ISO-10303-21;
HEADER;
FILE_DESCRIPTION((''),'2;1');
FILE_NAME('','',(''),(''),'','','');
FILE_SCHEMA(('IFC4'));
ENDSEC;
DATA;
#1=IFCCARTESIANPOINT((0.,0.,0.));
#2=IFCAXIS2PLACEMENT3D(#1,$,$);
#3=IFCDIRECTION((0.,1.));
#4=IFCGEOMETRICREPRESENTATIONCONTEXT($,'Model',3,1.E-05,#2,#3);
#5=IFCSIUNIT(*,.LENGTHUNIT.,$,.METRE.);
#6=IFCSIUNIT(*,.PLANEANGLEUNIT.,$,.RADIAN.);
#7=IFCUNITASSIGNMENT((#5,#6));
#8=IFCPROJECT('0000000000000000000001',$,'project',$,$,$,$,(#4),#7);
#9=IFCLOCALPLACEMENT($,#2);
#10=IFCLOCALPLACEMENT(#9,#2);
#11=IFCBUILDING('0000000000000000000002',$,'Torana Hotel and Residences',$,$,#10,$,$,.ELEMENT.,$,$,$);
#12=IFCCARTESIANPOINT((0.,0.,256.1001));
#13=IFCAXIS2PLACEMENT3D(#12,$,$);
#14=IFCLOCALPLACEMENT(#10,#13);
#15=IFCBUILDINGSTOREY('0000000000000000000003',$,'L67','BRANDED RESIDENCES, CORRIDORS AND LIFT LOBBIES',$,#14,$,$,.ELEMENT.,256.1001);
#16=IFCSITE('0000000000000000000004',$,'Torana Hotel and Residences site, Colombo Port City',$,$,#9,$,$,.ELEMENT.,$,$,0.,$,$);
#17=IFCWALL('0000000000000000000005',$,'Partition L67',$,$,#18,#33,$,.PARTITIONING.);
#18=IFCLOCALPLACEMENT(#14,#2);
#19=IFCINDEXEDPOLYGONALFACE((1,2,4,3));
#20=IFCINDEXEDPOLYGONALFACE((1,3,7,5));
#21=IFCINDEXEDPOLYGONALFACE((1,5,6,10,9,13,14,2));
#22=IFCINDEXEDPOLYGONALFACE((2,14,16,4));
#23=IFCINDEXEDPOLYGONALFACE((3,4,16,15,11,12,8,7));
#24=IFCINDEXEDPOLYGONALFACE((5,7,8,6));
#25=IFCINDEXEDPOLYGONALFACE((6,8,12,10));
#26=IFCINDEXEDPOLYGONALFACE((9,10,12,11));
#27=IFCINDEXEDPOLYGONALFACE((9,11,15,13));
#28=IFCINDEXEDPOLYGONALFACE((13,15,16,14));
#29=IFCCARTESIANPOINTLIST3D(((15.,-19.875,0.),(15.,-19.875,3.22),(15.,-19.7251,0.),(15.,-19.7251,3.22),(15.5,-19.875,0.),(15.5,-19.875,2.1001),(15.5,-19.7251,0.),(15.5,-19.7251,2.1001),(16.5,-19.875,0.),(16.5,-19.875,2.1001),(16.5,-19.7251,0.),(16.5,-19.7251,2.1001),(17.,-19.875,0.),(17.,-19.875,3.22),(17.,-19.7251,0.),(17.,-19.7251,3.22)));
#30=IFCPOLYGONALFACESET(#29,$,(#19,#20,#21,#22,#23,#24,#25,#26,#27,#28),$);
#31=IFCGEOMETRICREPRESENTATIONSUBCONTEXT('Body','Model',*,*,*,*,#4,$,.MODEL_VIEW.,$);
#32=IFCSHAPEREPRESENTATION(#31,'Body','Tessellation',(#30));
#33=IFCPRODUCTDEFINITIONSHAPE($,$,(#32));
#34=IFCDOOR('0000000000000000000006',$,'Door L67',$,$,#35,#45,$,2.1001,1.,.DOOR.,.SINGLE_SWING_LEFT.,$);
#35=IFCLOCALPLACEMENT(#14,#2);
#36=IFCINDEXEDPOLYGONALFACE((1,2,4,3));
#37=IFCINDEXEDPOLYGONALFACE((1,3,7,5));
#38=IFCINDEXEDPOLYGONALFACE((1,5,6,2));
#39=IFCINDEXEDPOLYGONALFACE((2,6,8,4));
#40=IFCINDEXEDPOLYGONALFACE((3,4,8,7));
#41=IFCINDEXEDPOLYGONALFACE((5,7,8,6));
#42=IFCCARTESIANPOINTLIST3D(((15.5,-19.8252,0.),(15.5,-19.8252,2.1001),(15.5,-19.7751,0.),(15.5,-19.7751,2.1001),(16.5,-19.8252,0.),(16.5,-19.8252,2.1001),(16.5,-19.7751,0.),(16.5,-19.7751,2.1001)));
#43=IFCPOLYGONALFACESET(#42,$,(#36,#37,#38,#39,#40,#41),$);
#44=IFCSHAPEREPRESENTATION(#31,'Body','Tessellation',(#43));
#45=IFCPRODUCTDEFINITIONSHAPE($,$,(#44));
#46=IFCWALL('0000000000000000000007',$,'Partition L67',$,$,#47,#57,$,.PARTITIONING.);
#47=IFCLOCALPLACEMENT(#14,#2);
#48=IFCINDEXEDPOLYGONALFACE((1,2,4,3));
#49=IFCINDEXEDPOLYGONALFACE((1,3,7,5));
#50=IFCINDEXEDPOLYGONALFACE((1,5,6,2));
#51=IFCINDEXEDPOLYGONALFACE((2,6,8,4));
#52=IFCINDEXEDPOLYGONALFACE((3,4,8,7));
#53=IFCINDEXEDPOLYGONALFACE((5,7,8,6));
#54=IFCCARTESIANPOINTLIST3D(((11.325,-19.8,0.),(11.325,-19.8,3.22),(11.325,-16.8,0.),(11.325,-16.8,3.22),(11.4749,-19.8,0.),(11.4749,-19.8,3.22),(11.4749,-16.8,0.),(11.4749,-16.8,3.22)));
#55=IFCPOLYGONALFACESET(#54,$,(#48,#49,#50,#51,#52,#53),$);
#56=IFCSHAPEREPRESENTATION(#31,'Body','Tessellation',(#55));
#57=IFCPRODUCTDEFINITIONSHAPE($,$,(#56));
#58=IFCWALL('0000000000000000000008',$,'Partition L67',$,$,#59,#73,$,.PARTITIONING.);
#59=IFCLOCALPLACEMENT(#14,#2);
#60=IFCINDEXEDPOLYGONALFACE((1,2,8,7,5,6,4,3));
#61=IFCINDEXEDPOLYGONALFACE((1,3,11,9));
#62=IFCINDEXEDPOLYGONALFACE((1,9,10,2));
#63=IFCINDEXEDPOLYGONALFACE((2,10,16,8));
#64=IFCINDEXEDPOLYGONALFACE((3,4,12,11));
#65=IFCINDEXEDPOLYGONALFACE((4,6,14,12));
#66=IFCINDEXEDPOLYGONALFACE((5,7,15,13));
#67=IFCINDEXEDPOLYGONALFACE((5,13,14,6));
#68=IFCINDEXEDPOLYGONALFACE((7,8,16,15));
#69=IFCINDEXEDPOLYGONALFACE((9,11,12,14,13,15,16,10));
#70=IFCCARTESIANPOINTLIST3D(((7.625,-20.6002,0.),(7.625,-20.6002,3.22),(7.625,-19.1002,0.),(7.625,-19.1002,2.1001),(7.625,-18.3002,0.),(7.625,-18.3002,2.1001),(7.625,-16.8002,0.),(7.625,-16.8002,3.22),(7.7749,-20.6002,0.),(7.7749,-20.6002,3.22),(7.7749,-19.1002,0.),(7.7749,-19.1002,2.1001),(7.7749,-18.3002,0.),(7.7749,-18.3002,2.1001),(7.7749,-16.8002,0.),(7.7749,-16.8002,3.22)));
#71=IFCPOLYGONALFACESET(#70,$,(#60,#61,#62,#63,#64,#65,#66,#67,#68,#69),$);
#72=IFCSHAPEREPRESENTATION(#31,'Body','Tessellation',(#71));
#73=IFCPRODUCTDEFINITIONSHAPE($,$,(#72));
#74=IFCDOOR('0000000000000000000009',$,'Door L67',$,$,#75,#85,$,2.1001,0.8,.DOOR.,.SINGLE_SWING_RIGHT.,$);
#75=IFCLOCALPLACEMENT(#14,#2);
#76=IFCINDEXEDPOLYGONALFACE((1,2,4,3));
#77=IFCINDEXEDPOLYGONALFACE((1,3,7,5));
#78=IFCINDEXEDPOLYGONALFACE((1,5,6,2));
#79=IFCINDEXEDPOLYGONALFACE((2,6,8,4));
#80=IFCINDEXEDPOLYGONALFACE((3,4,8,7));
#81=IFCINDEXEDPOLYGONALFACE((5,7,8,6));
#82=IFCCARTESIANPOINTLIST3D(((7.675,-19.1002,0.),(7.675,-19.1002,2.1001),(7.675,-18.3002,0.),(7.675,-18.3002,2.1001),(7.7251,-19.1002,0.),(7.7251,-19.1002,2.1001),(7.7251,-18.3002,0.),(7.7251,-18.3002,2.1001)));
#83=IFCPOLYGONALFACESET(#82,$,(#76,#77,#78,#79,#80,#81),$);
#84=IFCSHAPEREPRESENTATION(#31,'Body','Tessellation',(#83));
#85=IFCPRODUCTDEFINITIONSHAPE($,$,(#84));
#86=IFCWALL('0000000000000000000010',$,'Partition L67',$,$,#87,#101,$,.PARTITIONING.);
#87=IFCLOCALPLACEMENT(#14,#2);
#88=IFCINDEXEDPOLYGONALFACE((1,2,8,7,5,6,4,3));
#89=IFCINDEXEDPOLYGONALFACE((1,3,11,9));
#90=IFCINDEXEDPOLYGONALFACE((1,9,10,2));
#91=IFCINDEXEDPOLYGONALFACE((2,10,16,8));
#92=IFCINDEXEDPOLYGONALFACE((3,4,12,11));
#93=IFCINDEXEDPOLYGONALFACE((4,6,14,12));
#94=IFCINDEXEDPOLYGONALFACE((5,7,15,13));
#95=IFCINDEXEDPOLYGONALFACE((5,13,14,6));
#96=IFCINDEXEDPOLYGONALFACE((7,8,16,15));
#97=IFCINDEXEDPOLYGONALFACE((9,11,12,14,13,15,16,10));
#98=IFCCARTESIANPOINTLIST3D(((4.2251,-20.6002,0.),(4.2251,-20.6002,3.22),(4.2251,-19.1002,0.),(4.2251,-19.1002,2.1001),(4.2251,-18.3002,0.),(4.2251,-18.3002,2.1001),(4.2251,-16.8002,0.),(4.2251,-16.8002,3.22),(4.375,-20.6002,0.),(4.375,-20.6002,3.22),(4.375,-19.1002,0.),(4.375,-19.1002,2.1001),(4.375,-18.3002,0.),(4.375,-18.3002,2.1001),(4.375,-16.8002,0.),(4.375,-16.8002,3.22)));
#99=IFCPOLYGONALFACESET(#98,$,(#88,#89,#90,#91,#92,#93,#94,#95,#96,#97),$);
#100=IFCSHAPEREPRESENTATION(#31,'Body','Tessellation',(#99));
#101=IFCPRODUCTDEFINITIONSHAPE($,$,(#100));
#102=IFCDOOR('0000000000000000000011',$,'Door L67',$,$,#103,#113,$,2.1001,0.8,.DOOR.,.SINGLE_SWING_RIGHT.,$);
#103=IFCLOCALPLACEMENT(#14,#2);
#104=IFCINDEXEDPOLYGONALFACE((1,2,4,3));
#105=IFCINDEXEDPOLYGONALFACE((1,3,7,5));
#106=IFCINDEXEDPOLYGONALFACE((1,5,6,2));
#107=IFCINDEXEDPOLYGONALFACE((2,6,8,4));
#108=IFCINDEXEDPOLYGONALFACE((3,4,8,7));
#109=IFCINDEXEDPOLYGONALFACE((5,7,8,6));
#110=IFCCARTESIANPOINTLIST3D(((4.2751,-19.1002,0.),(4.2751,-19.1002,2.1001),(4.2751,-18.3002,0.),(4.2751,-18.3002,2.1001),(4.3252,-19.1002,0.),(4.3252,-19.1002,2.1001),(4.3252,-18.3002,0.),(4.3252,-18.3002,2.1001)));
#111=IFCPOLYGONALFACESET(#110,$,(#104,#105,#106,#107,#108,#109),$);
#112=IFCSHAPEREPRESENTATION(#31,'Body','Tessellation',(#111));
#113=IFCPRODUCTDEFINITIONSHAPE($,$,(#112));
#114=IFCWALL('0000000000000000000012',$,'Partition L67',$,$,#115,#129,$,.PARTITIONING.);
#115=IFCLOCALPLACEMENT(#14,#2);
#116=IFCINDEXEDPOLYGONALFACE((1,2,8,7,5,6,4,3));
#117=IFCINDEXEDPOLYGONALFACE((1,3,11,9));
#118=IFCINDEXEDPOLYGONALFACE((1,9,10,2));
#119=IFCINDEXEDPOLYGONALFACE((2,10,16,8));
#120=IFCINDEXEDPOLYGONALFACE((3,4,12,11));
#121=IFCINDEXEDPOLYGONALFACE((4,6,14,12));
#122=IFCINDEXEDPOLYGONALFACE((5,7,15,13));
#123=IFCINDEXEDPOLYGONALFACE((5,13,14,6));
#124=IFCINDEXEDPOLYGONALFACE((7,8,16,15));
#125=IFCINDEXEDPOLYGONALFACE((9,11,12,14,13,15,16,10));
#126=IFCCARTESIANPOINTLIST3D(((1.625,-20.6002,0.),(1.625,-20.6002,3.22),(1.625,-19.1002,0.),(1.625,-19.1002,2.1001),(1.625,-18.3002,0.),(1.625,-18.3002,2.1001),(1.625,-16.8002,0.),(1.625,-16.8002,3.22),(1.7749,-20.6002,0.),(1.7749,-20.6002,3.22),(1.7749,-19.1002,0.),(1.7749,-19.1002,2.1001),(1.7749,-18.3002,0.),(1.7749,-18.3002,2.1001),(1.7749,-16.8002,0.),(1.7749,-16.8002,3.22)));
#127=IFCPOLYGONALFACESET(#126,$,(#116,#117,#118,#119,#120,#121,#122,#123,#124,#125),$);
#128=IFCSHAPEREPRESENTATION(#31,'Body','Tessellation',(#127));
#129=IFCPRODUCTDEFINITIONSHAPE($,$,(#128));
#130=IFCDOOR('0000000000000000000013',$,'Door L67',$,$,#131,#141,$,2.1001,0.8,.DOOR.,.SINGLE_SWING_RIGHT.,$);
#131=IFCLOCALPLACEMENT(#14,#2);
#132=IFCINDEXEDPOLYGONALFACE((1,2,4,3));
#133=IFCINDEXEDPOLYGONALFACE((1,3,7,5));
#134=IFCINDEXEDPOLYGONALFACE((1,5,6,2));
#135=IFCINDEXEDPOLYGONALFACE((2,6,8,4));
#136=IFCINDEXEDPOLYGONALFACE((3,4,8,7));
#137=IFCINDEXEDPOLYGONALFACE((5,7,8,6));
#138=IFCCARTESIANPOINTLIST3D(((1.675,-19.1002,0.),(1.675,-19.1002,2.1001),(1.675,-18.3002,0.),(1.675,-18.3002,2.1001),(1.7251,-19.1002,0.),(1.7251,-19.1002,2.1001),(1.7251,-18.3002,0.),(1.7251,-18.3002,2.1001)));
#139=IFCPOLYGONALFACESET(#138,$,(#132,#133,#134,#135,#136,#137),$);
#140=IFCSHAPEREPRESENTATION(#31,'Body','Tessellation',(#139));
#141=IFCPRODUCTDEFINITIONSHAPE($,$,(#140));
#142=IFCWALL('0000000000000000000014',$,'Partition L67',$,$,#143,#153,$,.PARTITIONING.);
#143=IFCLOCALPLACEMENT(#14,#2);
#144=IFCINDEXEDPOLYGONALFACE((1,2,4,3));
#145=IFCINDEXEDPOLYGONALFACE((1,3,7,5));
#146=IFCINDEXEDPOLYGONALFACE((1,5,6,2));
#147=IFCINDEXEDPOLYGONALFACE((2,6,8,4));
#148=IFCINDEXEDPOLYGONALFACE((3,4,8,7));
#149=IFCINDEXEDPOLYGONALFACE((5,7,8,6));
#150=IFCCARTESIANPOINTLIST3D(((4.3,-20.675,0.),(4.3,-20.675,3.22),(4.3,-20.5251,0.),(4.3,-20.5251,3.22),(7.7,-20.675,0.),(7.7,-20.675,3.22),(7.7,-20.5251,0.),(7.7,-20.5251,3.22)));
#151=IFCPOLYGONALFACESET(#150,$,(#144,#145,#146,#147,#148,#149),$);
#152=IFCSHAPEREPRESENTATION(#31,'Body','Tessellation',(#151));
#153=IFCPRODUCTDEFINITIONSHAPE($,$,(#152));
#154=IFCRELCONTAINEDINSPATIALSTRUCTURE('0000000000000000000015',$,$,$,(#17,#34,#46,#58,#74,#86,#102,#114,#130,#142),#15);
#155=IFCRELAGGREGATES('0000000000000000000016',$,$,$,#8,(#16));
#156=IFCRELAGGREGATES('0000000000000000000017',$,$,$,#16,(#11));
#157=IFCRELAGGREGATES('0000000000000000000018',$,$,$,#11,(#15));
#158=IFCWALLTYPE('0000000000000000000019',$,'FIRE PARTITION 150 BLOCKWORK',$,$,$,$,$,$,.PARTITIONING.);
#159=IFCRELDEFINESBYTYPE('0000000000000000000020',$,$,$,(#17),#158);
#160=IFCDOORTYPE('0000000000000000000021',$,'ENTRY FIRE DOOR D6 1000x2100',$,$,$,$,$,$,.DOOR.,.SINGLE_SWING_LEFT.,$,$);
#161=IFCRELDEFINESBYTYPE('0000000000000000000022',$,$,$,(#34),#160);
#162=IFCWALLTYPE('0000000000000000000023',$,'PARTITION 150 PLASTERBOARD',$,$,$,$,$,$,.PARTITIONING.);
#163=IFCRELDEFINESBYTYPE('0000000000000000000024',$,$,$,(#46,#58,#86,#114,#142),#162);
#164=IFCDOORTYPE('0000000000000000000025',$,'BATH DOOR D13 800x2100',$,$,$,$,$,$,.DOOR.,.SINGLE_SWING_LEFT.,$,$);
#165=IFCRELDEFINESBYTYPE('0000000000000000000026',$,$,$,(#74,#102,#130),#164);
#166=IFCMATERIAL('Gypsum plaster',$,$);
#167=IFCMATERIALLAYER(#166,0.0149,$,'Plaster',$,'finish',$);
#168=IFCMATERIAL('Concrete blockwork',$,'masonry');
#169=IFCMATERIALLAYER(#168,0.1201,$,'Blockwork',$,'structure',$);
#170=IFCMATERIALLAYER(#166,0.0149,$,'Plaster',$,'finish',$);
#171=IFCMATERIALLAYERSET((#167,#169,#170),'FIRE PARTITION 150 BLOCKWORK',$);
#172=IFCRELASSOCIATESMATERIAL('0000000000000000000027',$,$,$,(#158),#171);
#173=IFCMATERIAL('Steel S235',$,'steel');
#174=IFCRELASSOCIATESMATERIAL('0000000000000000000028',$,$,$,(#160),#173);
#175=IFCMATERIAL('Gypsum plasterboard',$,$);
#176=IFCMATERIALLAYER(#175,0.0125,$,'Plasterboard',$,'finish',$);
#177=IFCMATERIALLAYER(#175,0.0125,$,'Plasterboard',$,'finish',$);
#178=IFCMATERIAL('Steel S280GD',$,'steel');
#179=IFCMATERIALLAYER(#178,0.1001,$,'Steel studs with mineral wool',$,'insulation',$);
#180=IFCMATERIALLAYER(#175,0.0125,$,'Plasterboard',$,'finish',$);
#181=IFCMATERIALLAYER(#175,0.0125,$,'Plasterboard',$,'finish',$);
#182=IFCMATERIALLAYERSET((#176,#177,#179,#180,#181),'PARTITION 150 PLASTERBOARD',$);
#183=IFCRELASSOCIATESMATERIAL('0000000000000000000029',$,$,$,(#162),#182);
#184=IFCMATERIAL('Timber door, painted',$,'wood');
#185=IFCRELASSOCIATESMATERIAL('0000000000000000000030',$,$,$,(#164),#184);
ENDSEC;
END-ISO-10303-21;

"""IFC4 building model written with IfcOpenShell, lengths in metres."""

from ifc_helpers import new_model, si_unit, direction, frame, frame_2d, origin, place, context, subcontext, project, spatial, rectangle, extrude, material, layer, layer_set, type_object, element, fill, save


model = new_model("IFC4")

# Units and contexts
model_context = context("Model", 3, precision=1e-05, world=origin(), true_north=direction((0.0, 1.0)))
body_context = subcontext(model_context, "Body", "Model", "MODEL_VIEW")
ifc_project = project(units=[si_unit("LENGTHUNIT", "METRE"), si_unit("PLANEANGLEUNIT", "RADIAN")], contexts=[model_context])

# Site, building, storey
site_placement = place(None, origin())
site = spatial("IfcSite", under=ifc_project, at=site_placement, Name="Torana Hotel and Residences site, Colombo Port City", CompositionType="ELEMENT", RefElevation=0.0)
building_placement = place(site_placement, origin())
building = spatial("IfcBuilding", under=site, at=building_placement, Name="Torana Hotel and Residences", CompositionType="ELEMENT")
storey_placement = place(building_placement, frame((0.0, 0.0, 256.1001)))
storey = spatial("IfcBuildingStorey", under=building, at=storey_placement, Name="L67", Description="BRANDED RESIDENCES, CORRIDORS AND LIFT LOBBIES", CompositionType="ELEMENT", Elevation=256.1001)

# Wall, opening, door
ifc_material_1 = material(Name="Gypsum plaster")
ifc_layer_1 = layer(ifc_material_1, 0.0149, Name="Plaster", Category="finish")
ifc_material_2 = material(Name="Concrete blockwork", Category="masonry")
ifc_layer_2 = layer(ifc_material_2, 0.1201, Name="Blockwork", Category="structure")
ifc_layer_3 = layer(ifc_material_1, 0.0149, Name="Plaster", Category="finish")
ifc_layer_set_1 = layer_set([ifc_layer_1, ifc_layer_2, ifc_layer_3], Name="FIRE PARTITION 150 BLOCKWORK")
wall_type_1 = type_object("IfcWallType", Name="FIRE PARTITION 150 BLOCKWORK", PredefinedType="PARTITIONING", material=ifc_layer_set_1)
ifc_material_3 = material(Name="Steel S235", Category="steel")
door_type_1 = type_object("IfcDoorType", Name="ENTRY FIRE DOOR D6 1000x2100", OperationType="SINGLE_SWING_LEFT", PredefinedType="DOOR", material=ifc_material_3)
wall_1_placement = place(storey_placement, frame((15.0, -19.8, 0.0), z_axis=(0.0, 0.0, 1.0), x_axis=(1.0, 0.0, 0.0)))
wall_1 = element("IfcWall", 1, at=wall_1_placement, inside=storey, type_object=wall_type_1, Name="Partition L67", PredefinedType="PARTITIONING", context=body_context, shape_type="SweptSolid", body=[
    extrude(rectangle(XDim=2.0, YDim=0.1499, at=frame_2d((1.0, 0.0))), origin(), (0.0, 0.0, 1.0), 3.22),
])
opening_1_placement = place(wall_1_placement, frame((0.5, 0.0, 0.0)))
opening_1 = element("IfcOpeningElement", 2, at=opening_1_placement, cuts=wall_1, PredefinedType="OPENING", context=body_context, shape_type="SweptSolid", body=[
    extrude(rectangle(XDim=1.0, YDim=2.1001, at=frame_2d((0.5, 1.05))), frame((0.0, 0.085, 0.0), z_axis=(0.0, -1.0, 0.0), x_axis=(1.0, 0.0, 0.0)), (0.0, 0.0, 1.0), 0.1699),
])
door_1_placement = place(opening_1_placement, frame((0.5, 0.0, 0.0), z_axis=(0.0, 0.0, 1.0), x_axis=(-1.0, 0.0, 0.0)))
door_1 = element("IfcDoor", 3, at=door_1_placement, inside=storey, type_object=door_type_1, Name="Door L67", OperationType="SINGLE_SWING_LEFT", OverallHeight=2.1001, OverallWidth=1.0, PredefinedType="DOOR", context=body_context, shape_type="SweptSolid", body=[
    extrude(rectangle(XDim=1.0, YDim=2.1001, at=frame_2d((0.0, 1.05))), frame((0.0, -0.0249, 0.0), z_axis=(0.0, 1.0, 0.0), x_axis=(-1.0, 0.0, 0.0)), (0.0, 0.0, 1.0), 0.05),
])
fill(opening_1, door_1)

# Wall
ifc_material_4 = material(Name="Gypsum plasterboard")
ifc_layer_4 = layer(ifc_material_4, 0.0125, Name="Plasterboard", Category="finish")
ifc_layer_5 = layer(ifc_material_4, 0.0125, Name="Plasterboard", Category="finish")
ifc_material_5 = material(Name="Steel S280GD", Category="steel")
ifc_layer_6 = layer(ifc_material_5, 0.1001, Name="Steel studs with mineral wool", Category="insulation")
ifc_layer_7 = layer(ifc_material_4, 0.0125, Name="Plasterboard", Category="finish")
ifc_layer_8 = layer(ifc_material_4, 0.0125, Name="Plasterboard", Category="finish")
ifc_layer_set_2 = layer_set([ifc_layer_4, ifc_layer_5, ifc_layer_6, ifc_layer_7, ifc_layer_8], Name="PARTITION 150 PLASTERBOARD")
wall_type_2 = type_object("IfcWallType", Name="PARTITION 150 PLASTERBOARD", PredefinedType="PARTITIONING", material=ifc_layer_set_2)
wall_2_placement = place(storey_placement, frame((11.3999, -19.8, 0.0), z_axis=(0.0, 0.0, 1.0), x_axis=(0.0, 1.0, 0.0)))
element("IfcWall", 4, at=wall_2_placement, inside=storey, type_object=wall_type_2, Name="Partition L67", PredefinedType="PARTITIONING", context=body_context, shape_type="SweptSolid", body=[
    extrude(rectangle(XDim=3.0, YDim=0.1499, at=frame_2d((1.5, 0.0))), origin(), (0.0, 0.0, 1.0), 3.22),
])

# Walls, openings, doors
wall_3_placement = place(storey_placement, frame((7.7, -20.6001, 0.0), z_axis=(0.0, 0.0, 1.0), x_axis=(0.0, 1.0, 0.0)))
wall_3 = element("IfcWall", 5, at=wall_3_placement, inside=storey, type_object=wall_type_2, Name="Partition L67", PredefinedType="PARTITIONING", context=body_context, shape_type="SweptSolid", body=[
    extrude(rectangle(XDim=3.8, YDim=0.1499, at=frame_2d((1.8999, 0.0))), origin(), (0.0, 0.0, 1.0), 3.22),
])
opening_2_placement = place(wall_3_placement, frame((1.5, 0.0, 0.0)))
opening_2 = element("IfcOpeningElement", 6, at=opening_2_placement, cuts=wall_3, PredefinedType="OPENING", context=body_context, shape_type="SweptSolid", body=[
    extrude(rectangle(XDim=0.8, YDim=2.1001, at=frame_2d((0.3999, 1.05))), frame((0.0, 0.085, 0.0), z_axis=(0.0, -1.0, 0.0), x_axis=(1.0, 0.0, 0.0)), (0.0, 0.0, 1.0), 0.1699),
])
ifc_material_6 = material(Name="Timber door, painted", Category="wood")
door_type_2 = type_object("IfcDoorType", Name="BATH DOOR D13 800x2100", OperationType="SINGLE_SWING_LEFT", PredefinedType="DOOR", material=ifc_material_6)
door_2_placement = place(opening_2_placement, origin())
door_2 = element("IfcDoor", 7, at=door_2_placement, inside=storey, type_object=door_type_2, Name="Door L67", OperationType="SINGLE_SWING_RIGHT", OverallHeight=2.1001, OverallWidth=0.8, PredefinedType="DOOR", context=body_context, shape_type="SweptSolid", body=[
    extrude(rectangle(XDim=0.8, YDim=2.1001, at=frame_2d((0.3999, 1.05))), frame((0.0, 0.0249, 0.0), z_axis=(0.0, -1.0, 0.0), x_axis=(1.0, 0.0, 0.0)), (0.0, 0.0, 1.0), 0.05),
])
fill(opening_2, door_2)
wall_4_placement = place(storey_placement, frame((4.3, -20.6001, 0.0), z_axis=(0.0, 0.0, 1.0), x_axis=(0.0, 1.0, 0.0)))
wall_4 = element("IfcWall", 8, at=wall_4_placement, inside=storey, type_object=wall_type_2, Name="Partition L67", PredefinedType="PARTITIONING", context=body_context, shape_type="SweptSolid", body=[
    extrude(rectangle(XDim=3.8, YDim=0.1499, at=frame_2d((1.8999, 0.0))), origin(), (0.0, 0.0, 1.0), 3.22),
])
opening_3_placement = place(wall_4_placement, frame((1.5, 0.0, 0.0)))
opening_3 = element("IfcOpeningElement", 9, at=opening_3_placement, cuts=wall_4, PredefinedType="OPENING", context=body_context, shape_type="SweptSolid", body=[
    extrude(rectangle(XDim=0.8, YDim=2.1001, at=frame_2d((0.3999, 1.05))), frame((0.0, 0.085, 0.0), z_axis=(0.0, -1.0, 0.0), x_axis=(1.0, 0.0, 0.0)), (0.0, 0.0, 1.0), 0.1699),
])
door_3_placement = place(opening_3_placement, origin())
door_3 = element("IfcDoor", 10, at=door_3_placement, inside=storey, type_object=door_type_2, Name="Door L67", OperationType="SINGLE_SWING_RIGHT", OverallHeight=2.1001, OverallWidth=0.8, PredefinedType="DOOR", context=body_context, shape_type="SweptSolid", body=[
    extrude(rectangle(XDim=0.8, YDim=2.1001, at=frame_2d((0.3999, 1.05))), frame((0.0, 0.0249, 0.0), z_axis=(0.0, -1.0, 0.0), x_axis=(1.0, 0.0, 0.0)), (0.0, 0.0, 1.0), 0.05),
])
fill(opening_3, door_3)
wall_5_placement = place(storey_placement, frame((1.7, -20.6001, 0.0), z_axis=(0.0, 0.0, 1.0), x_axis=(0.0, 1.0, 0.0)))
wall_5 = element("IfcWall", 11, at=wall_5_placement, inside=storey, type_object=wall_type_2, Name="Partition L67", PredefinedType="PARTITIONING", context=body_context, shape_type="SweptSolid", body=[
    extrude(rectangle(XDim=3.8, YDim=0.1499, at=frame_2d((1.8999, 0.0))), origin(), (0.0, 0.0, 1.0), 3.22),
])
opening_4_placement = place(wall_5_placement, frame((1.5, 0.0, 0.0)))
opening_4 = element("IfcOpeningElement", 12, at=opening_4_placement, cuts=wall_5, PredefinedType="OPENING", context=body_context, shape_type="SweptSolid", body=[
    extrude(rectangle(XDim=0.8, YDim=2.1001, at=frame_2d((0.3999, 1.05))), frame((0.0, 0.085, 0.0), z_axis=(0.0, -1.0, 0.0), x_axis=(1.0, 0.0, 0.0)), (0.0, 0.0, 1.0), 0.1699),
])
door_4_placement = place(opening_4_placement, origin())
door_4 = element("IfcDoor", 13, at=door_4_placement, inside=storey, type_object=door_type_2, Name="Door L67", OperationType="SINGLE_SWING_RIGHT", OverallHeight=2.1001, OverallWidth=0.8, PredefinedType="DOOR", context=body_context, shape_type="SweptSolid", body=[
    extrude(rectangle(XDim=0.8, YDim=2.1001, at=frame_2d((0.3999, 1.05))), frame((0.0, 0.0249, 0.0), z_axis=(0.0, -1.0, 0.0), x_axis=(1.0, 0.0, 0.0)), (0.0, 0.0, 1.0), 0.05),
])
fill(opening_4, door_4)

# Wall
wall_6_placement = place(storey_placement, frame((4.3, -20.6001, 0.0), z_axis=(0.0, 0.0, 1.0), x_axis=(1.0, 0.0, 0.0)))
element("IfcWall", 14, at=wall_6_placement, inside=storey, type_object=wall_type_2, Name="Partition L67", PredefinedType="PARTITIONING", context=body_context, shape_type="SweptSolid", body=[
    extrude(rectangle(XDim=3.3999, YDim=0.1499, at=frame_2d((1.7, 0.0))), origin(), (0.0, 0.0, 1.0), 3.22),
])

save(model, "model.ifc")
